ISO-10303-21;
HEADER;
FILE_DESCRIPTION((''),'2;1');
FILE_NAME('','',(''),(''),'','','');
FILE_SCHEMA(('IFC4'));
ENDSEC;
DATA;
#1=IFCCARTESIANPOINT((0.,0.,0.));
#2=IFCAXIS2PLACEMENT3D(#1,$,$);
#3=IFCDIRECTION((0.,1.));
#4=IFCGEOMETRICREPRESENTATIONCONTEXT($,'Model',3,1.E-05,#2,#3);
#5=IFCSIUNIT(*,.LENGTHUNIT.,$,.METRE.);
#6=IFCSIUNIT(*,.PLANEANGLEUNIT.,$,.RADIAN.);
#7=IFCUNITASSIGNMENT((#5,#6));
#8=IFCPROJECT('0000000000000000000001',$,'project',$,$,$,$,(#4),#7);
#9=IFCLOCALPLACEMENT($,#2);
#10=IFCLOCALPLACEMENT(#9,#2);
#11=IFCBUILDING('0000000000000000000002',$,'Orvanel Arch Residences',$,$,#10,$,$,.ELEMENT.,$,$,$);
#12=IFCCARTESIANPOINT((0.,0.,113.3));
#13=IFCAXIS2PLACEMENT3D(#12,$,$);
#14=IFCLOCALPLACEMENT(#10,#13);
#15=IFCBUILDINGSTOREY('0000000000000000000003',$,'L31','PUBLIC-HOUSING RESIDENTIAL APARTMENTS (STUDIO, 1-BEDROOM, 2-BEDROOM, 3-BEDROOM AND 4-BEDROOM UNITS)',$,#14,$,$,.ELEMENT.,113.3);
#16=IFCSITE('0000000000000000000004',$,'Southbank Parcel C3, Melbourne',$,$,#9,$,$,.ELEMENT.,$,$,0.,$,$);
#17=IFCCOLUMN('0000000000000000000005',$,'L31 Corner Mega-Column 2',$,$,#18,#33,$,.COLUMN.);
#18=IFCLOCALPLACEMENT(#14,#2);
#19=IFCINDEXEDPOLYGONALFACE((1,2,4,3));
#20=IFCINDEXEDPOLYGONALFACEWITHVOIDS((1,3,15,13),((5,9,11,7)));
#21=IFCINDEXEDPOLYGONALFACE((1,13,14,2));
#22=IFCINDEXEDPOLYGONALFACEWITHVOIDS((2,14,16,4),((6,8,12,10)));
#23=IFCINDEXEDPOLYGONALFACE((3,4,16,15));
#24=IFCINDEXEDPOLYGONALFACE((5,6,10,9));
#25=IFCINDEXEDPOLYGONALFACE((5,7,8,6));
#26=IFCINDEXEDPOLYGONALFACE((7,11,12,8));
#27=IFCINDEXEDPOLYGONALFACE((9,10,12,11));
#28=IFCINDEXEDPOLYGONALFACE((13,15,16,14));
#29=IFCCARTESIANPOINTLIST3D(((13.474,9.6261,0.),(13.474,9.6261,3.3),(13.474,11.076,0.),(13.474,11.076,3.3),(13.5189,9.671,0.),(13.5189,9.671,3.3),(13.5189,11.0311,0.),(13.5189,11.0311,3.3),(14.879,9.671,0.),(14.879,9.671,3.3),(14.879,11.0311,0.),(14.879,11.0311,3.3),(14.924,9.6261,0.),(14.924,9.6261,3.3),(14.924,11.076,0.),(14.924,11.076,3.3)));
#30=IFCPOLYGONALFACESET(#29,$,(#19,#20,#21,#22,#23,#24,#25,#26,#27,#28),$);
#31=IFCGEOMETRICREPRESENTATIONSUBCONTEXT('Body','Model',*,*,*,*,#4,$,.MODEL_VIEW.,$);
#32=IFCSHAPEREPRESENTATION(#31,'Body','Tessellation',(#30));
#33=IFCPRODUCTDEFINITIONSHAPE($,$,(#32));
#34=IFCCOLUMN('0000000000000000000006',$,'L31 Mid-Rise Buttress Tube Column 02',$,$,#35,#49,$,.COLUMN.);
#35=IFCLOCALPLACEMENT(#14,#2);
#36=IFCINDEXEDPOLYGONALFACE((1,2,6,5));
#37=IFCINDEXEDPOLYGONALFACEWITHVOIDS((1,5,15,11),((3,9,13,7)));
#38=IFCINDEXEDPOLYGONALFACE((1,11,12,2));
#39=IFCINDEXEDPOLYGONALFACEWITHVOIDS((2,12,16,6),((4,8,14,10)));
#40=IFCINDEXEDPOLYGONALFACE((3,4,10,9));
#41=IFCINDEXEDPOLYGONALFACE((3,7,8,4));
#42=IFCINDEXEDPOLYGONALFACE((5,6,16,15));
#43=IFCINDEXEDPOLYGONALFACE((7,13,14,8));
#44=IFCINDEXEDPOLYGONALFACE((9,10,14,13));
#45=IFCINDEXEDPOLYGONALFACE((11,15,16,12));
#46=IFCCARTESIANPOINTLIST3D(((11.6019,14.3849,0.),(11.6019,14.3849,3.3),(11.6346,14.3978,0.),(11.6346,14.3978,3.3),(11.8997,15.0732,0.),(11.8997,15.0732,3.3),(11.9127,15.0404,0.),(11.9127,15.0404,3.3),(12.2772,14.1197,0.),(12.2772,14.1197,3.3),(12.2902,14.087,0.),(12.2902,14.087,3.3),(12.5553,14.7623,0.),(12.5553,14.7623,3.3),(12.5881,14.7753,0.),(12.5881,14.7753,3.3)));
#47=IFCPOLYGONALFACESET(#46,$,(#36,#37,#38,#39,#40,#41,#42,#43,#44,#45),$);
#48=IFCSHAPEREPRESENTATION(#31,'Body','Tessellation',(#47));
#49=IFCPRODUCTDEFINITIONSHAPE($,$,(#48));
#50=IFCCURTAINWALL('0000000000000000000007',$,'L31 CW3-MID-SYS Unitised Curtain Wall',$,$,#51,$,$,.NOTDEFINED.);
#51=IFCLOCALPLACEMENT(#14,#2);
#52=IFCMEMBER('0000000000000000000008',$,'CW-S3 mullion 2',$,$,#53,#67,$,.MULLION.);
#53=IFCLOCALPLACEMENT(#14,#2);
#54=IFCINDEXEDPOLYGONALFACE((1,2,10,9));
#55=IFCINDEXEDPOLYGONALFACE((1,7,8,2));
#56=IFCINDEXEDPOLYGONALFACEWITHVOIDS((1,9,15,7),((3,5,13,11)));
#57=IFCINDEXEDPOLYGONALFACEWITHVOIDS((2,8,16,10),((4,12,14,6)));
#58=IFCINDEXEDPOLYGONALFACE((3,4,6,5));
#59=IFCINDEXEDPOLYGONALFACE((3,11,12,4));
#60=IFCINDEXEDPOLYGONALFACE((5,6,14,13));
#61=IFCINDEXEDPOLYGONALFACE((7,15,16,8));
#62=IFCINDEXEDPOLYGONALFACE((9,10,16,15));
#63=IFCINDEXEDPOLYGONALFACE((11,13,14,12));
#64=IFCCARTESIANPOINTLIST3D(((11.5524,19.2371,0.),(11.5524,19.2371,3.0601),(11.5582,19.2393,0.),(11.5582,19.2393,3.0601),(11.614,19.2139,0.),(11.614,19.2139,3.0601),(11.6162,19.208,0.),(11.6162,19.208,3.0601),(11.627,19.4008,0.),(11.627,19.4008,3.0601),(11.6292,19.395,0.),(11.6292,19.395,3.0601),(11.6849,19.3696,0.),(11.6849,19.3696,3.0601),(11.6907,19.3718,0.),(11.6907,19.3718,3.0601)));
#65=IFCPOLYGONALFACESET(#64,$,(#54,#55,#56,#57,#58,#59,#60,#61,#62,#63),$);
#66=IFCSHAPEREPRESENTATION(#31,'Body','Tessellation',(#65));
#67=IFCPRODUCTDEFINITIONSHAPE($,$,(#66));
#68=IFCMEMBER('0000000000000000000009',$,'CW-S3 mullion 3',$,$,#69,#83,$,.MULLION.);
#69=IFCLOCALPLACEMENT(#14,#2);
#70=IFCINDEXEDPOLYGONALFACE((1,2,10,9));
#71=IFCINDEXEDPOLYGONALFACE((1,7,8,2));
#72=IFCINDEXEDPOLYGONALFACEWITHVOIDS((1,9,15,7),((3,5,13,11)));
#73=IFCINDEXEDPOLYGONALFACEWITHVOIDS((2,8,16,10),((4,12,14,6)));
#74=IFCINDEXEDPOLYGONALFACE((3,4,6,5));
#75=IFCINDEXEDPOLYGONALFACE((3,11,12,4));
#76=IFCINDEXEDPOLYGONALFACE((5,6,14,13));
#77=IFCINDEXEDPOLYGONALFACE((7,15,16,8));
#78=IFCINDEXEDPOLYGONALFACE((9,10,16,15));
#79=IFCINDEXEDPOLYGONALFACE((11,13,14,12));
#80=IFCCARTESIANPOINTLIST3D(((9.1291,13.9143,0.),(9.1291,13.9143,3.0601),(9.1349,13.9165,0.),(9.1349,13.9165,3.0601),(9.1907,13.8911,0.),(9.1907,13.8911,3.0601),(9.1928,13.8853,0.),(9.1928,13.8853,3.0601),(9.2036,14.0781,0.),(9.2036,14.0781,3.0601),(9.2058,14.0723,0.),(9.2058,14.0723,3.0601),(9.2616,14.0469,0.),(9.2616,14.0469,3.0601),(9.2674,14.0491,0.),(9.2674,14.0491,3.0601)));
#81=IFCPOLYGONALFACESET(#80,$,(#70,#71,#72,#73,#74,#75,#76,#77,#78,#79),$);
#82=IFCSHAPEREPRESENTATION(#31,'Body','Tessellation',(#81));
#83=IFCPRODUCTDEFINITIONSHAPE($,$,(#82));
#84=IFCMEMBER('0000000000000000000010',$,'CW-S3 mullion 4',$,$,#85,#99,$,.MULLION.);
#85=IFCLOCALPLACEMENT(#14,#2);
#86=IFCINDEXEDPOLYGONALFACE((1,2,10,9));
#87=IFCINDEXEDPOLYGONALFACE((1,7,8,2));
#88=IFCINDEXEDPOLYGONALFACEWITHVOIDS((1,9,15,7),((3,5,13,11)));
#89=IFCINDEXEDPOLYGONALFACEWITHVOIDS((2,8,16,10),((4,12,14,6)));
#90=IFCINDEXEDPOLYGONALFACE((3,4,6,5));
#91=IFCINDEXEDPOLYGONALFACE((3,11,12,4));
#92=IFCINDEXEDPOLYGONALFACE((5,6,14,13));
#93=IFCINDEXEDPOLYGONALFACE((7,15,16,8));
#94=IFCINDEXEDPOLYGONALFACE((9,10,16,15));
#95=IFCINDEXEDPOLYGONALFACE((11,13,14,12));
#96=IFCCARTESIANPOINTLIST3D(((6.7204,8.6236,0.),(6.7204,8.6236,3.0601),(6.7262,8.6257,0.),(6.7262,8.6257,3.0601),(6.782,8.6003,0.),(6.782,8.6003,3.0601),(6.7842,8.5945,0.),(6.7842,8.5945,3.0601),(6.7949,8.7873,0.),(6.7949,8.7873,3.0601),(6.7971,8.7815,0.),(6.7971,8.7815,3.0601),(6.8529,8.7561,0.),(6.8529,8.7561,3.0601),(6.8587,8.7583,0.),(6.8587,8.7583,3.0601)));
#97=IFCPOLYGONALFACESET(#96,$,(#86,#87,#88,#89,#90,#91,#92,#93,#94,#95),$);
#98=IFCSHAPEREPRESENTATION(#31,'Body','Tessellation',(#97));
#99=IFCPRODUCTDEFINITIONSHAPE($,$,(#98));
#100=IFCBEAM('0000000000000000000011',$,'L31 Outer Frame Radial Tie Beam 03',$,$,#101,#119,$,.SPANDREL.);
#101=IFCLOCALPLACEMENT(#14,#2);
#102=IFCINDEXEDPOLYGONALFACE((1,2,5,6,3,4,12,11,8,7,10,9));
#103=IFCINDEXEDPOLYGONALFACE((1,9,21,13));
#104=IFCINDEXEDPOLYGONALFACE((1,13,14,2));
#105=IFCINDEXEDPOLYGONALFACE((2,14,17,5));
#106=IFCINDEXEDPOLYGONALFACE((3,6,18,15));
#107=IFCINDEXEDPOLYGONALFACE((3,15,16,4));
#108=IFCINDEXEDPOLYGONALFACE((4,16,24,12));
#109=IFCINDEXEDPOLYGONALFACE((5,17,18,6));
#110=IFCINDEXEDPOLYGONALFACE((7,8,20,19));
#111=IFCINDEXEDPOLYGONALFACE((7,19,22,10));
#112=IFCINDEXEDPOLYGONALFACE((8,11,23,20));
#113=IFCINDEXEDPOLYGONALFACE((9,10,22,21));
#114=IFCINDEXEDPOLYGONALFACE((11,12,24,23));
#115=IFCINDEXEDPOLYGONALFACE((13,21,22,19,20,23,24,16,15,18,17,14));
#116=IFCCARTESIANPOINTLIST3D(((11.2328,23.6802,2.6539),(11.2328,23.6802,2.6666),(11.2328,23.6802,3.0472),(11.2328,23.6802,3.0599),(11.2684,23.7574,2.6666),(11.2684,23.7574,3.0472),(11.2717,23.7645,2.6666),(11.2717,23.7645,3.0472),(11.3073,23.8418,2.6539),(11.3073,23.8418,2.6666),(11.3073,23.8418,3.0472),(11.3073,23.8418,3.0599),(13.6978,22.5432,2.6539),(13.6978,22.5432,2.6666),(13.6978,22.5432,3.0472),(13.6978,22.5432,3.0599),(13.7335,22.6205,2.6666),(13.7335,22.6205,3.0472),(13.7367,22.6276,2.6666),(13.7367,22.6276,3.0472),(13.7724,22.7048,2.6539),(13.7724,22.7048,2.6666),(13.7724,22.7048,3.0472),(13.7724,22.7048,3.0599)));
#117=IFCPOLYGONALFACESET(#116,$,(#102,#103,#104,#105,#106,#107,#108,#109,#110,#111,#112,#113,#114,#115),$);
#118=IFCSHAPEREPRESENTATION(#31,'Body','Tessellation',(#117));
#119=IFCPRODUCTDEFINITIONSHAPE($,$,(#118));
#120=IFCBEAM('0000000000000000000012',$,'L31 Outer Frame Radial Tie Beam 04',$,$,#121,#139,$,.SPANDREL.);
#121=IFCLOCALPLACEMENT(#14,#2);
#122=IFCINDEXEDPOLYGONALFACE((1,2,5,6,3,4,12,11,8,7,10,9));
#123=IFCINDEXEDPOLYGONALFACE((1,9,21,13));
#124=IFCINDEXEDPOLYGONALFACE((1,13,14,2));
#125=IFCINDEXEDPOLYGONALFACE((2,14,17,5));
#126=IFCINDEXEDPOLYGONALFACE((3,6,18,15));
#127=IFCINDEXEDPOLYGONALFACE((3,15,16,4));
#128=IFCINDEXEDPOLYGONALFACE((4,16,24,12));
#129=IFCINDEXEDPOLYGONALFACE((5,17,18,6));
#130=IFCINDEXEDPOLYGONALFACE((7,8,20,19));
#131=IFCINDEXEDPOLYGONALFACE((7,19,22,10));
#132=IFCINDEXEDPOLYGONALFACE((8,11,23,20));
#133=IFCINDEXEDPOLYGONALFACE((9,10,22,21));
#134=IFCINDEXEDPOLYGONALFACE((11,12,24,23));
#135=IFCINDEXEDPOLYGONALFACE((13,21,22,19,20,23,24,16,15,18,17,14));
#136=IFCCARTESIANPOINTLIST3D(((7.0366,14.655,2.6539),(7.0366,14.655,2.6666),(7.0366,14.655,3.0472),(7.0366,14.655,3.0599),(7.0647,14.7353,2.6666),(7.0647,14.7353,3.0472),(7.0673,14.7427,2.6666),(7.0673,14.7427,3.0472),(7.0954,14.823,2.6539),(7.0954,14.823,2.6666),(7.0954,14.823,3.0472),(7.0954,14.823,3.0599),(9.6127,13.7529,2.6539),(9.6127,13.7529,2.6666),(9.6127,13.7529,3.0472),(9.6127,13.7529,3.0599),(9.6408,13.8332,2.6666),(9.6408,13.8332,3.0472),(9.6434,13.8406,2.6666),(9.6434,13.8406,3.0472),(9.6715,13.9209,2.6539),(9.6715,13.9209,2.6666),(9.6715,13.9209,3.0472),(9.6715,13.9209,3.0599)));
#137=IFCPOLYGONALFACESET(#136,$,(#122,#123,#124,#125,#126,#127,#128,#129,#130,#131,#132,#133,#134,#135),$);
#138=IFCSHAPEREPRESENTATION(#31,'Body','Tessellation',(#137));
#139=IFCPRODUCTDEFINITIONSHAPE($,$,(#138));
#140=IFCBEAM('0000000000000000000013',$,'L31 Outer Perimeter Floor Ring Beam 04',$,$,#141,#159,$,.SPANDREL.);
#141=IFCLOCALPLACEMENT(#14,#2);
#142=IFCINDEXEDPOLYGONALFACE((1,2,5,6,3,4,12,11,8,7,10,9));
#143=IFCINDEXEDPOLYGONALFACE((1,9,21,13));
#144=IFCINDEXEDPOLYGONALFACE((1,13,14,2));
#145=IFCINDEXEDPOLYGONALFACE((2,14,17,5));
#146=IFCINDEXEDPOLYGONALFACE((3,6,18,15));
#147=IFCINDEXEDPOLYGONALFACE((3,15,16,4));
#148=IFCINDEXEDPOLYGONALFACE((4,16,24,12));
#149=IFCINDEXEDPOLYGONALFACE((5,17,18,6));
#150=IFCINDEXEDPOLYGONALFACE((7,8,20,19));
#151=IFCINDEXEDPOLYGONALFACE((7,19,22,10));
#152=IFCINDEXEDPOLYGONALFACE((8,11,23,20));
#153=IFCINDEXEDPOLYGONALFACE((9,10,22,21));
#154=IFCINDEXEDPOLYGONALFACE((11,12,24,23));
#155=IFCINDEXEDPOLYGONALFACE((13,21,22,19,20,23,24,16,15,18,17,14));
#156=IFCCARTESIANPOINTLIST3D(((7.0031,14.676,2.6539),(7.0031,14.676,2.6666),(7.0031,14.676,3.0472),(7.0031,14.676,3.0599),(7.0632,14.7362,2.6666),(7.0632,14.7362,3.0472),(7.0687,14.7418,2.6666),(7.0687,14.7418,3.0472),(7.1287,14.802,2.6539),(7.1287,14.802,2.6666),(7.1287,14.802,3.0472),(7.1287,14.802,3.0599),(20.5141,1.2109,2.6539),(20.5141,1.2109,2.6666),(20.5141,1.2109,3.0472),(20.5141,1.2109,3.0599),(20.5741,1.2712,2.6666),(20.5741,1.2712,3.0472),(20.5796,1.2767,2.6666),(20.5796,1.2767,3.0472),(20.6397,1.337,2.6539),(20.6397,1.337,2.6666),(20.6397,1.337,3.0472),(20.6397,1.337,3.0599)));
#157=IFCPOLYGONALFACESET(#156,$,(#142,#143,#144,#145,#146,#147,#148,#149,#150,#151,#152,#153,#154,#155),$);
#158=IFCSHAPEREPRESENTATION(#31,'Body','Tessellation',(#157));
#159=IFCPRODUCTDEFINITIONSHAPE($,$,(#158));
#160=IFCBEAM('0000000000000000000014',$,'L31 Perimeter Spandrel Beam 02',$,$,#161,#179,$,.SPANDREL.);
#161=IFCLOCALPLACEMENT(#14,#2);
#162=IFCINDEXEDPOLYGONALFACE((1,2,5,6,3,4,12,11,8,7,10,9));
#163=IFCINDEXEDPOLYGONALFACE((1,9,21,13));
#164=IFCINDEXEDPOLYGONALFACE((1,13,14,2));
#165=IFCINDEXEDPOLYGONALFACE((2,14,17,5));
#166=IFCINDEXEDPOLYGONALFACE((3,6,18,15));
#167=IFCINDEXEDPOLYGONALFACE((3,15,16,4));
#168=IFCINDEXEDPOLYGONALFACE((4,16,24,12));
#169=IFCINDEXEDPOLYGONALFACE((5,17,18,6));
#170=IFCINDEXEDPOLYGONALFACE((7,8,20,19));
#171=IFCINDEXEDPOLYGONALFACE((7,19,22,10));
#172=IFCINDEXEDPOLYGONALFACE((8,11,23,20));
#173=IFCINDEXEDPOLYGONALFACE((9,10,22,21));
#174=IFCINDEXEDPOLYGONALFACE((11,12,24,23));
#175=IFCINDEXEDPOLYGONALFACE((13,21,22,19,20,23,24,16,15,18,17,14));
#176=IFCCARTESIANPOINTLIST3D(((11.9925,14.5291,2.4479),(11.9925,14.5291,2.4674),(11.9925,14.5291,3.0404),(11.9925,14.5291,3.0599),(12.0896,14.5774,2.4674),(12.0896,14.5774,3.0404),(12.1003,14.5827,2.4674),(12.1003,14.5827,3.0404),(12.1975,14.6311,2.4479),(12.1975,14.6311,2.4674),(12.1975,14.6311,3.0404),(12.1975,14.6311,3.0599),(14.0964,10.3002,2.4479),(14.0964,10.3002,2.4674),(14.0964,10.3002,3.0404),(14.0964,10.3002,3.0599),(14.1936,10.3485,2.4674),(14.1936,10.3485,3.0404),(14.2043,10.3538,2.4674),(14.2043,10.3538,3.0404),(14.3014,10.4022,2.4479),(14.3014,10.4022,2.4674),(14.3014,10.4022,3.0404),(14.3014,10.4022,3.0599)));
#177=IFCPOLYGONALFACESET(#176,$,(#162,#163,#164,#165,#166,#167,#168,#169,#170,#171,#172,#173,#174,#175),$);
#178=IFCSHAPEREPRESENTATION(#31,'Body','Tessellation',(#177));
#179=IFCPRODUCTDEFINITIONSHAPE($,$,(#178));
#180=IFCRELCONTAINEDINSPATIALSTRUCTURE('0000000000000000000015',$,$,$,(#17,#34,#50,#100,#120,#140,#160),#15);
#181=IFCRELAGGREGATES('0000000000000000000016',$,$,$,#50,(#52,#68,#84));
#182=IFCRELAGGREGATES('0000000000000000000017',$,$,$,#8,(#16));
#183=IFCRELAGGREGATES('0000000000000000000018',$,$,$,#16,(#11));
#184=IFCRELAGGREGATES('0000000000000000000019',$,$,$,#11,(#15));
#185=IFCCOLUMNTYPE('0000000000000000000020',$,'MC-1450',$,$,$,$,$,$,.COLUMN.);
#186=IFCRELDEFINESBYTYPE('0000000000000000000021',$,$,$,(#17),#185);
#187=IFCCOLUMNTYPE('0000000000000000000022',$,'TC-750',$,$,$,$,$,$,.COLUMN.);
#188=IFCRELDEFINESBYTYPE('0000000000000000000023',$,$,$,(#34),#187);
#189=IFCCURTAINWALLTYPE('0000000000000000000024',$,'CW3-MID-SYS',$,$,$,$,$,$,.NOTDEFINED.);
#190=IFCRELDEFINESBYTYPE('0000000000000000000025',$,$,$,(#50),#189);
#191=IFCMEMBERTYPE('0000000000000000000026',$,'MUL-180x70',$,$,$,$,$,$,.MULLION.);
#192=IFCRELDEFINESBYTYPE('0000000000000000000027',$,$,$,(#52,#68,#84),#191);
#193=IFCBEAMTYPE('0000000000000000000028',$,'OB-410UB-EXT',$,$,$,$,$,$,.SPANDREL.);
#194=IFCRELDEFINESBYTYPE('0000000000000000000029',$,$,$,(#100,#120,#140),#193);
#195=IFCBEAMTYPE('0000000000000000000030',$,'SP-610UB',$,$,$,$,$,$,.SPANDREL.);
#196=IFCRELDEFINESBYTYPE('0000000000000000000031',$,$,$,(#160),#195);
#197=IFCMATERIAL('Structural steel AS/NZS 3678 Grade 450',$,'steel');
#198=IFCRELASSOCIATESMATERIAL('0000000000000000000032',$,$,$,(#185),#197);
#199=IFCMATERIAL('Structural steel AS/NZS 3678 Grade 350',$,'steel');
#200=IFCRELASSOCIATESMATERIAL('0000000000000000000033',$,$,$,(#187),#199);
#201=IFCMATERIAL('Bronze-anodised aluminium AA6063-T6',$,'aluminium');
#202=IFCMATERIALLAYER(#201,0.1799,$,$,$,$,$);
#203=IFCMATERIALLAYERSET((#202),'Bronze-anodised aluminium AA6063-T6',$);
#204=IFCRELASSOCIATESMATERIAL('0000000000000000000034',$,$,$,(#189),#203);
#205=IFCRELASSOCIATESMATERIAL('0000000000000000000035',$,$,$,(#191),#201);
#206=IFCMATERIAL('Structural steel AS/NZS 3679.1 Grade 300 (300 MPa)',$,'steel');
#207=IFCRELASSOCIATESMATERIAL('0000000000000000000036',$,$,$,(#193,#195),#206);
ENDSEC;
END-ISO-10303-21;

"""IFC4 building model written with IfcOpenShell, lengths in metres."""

from ifc_helpers import new_model, si_unit, direction, frame, origin, origin_2d, place, context, subcontext, project, spatial, hollow_rectangle, i_section, extrude, material, layer, layer_set, material_profile, profile_set, type_object, element, aggregate, save


model = new_model("IFC4")

# Units and contexts
model_context = context("Model", 3, precision=1e-05, world=origin(), true_north=direction((0.0, 1.0)))
body_context = subcontext(model_context, "Body", "Model", "MODEL_VIEW")
ifc_project = project(units=[si_unit("LENGTHUNIT", "METRE"), si_unit("PLANEANGLEUNIT", "RADIAN")], contexts=[model_context])

# Site, building, storey
site_placement = place(None, origin())
site = spatial("IfcSite", under=ifc_project, at=site_placement, Name="Southbank Parcel C3, Melbourne", CompositionType="ELEMENT", RefElevation=0.0)
building_placement = place(site_placement, origin())
building = spatial("IfcBuilding", under=site, at=building_placement, Name="Orvanel Arch Residences", CompositionType="ELEMENT")
storey_placement = place(building_placement, frame((0.0, 0.0, 113.3)))
storey = spatial("IfcBuildingStorey", under=building, at=storey_placement, Name="L31", Description="PUBLIC-HOUSING RESIDENTIAL APARTMENTS (STUDIO, 1-BEDROOM, 2-BEDROOM, 3-BEDROOM AND 4-BEDROOM UNITS)", CompositionType="ELEMENT", Elevation=113.3)

# Columns
ifc_material_1 = material(Name="Structural steel AS/NZS 3678 Grade 450", Category="steel")
ifc_material_profile_1 = material_profile(ifc_material_1, hollow_rectangle(XDim=1.45, YDim=1.45, WallThickness=0.0449, at=origin_2d()), Name="BOX1450x1450x45")
ifc_profile_set_1 = profile_set([ifc_material_profile_1], Name="Structural steel AS/NZS 3678 Grade 450")
column_type_1 = type_object("IfcColumnType", Name="MC-1450", PredefinedType="COLUMN", material=ifc_profile_set_1)
column_1_placement = place(storey_placement, frame((14.199, 10.3511, 0.0), z_axis=(0.0, 0.0, 1.0), x_axis=(1.0, 0.0, 0.0)))
element("IfcColumn", 1, at=column_1_placement, inside=storey, type_object=column_type_1, Name="L31 Corner Mega-Column 2", PredefinedType="COLUMN", context=body_context, shape_type="SweptSolid", body=[
    extrude(hollow_rectangle(XDim=1.45, YDim=1.45, WallThickness=0.0449, at=origin_2d()), origin(), (0.0, 0.0, 1.0), 3.3),
])
ifc_material_2 = material(Name="Structural steel AS/NZS 3678 Grade 350", Category="steel")
ifc_material_profile_2 = material_profile(ifc_material_2, hollow_rectangle(XDim=0.75, YDim=0.75, WallThickness=0.0249, at=origin_2d()), Name="BOX750x750x25")
ifc_profile_set_2 = profile_set([ifc_material_profile_2], Name="Structural steel AS/NZS 3678 Grade 350")
column_type_2 = type_object("IfcColumnType", Name="TC-750", PredefinedType="COLUMN", material=ifc_profile_set_2)
column_2_placement = place(storey_placement, frame((12.095, 14.5801, 0.0), z_axis=(0.0, 0.0, 1.0), x_axis=(0.397148, 0.917755, 0.0)))
element("IfcColumn", 2, at=column_2_placement, inside=storey, type_object=column_type_2, Name="L31 Mid-Rise Buttress Tube Column 02", PredefinedType="COLUMN", context=body_context, shape_type="SweptSolid", body=[
    extrude(hollow_rectangle(XDim=0.75, YDim=0.75, WallThickness=0.0249, at=origin_2d()), origin(), (0.0, 0.0, 1.0), 3.3),
])

# Curtain wall, members
ifc_material_3 = material(Name="Bronze-anodised aluminium AA6063-T6", Category="aluminium")
ifc_layer_1 = layer(ifc_material_3, 0.1799)
ifc_layer_set_1 = layer_set([ifc_layer_1], Name="Bronze-anodised aluminium AA6063-T6")
curtain_wall_type = type_object("IfcCurtainWallType", Name="CW3-MID-SYS", PredefinedType="NOTDEFINED", material=ifc_layer_set_1)
curtain_wall_placement = place(storey_placement, origin())
curtain_wall = element("IfcCurtainWall", 3, at=curtain_wall_placement, inside=storey, type_object=curtain_wall_type, Name="L31 CW3-MID-SYS Unitised Curtain Wall", PredefinedType="NOTDEFINED")
ifc_material_profile_3 = material_profile(ifc_material_3, hollow_rectangle(XDim=0.0701, YDim=0.1799, WallThickness=0.0044, at=origin_2d()), Name="ALU180x70x4.5")
ifc_profile_set_3 = profile_set([ifc_material_profile_3], Name="Bronze-anodised aluminium AA6063-T6")
member_type_1 = type_object("IfcMemberType", Name="MUL-180x70", PredefinedType="MULLION", material=ifc_profile_set_3)
member_1_placement = place(storey_placement, frame((11.6216, 19.3044, 0.0), z_axis=(0.0, 0.0, 1.0), x_axis=(0.910113, -0.414361, 0.0)))
member_1 = element("IfcMember", 4, at=member_1_placement, type_object=member_type_1, Name="CW-S3 mullion 2", PredefinedType="MULLION", context=body_context, shape_type="SweptSolid", body=[
    extrude(hollow_rectangle(XDim=0.0701, YDim=0.1799, WallThickness=0.0044, at=origin_2d()), origin(), (0.0, 0.0, 1.0), 3.0601),
])
member_2_placement = place(storey_placement, frame((9.1982, 13.9817, 0.0), z_axis=(0.0, 0.0, 1.0), x_axis=(0.910113, -0.414361, 0.0)))
member_2 = element("IfcMember", 5, at=member_2_placement, type_object=member_type_1, Name="CW-S3 mullion 3", PredefinedType="MULLION", context=body_context, shape_type="SweptSolid", body=[
    extrude(hollow_rectangle(XDim=0.0701, YDim=0.1799, WallThickness=0.0044, at=origin_2d()), origin(), (0.0, 0.0, 1.0), 3.0601),
])
member_3_placement = place(storey_placement, frame((6.7896, 8.6909, 0.0), z_axis=(0.0, 0.0, 1.0), x_axis=(0.910113, -0.414361, 0.0)))
member_3 = element("IfcMember", 6, at=member_3_placement, type_object=member_type_1, Name="CW-S3 mullion 4", PredefinedType="MULLION", context=body_context, shape_type="SweptSolid", body=[
    extrude(hollow_rectangle(XDim=0.0701, YDim=0.1799, WallThickness=0.0044, at=origin_2d()), origin(), (0.0, 0.0, 1.0), 3.0601),
])

# Beams
ifc_material_4 = material(Name="Structural steel AS/NZS 3679.1 Grade 300 (300 MPa)", Category="steel")
ifc_material_profile_4 = material_profile(ifc_material_4, i_section(OverallWidth=0.178, OverallDepth=0.406, WebThickness=0.0078, FlangeThickness=0.0127, at=origin_2d()), Name="410UB59.7")
ifc_profile_set_4 = profile_set([ifc_material_profile_4], Name="Structural steel AS/NZS 3679.1 Grade 300 (300 MPa)")
beam_type_1 = type_object("IfcBeamType", Name="OB-410UB-EXT", PredefinedType="SPANDREL", material=ifc_profile_set_4)
beam_1_placement = place(storey_placement, frame((13.7351, 22.624, 2.8569), z_axis=(-0.908067, 0.418824, 0.0), x_axis=(-0.418824, -0.908067, 0.0)))
element("IfcBeam", 7, at=beam_1_placement, inside=storey, type_object=beam_type_1, Name="L31 Outer Frame Radial Tie Beam 03", PredefinedType="SPANDREL", context=body_context, shape_type="SweptSolid", body=[
    extrude(i_section(OverallWidth=0.178, OverallDepth=0.406, WebThickness=0.0078, FlangeThickness=0.0127, at=origin_2d()), origin(), (0.0, 0.0, 1.0), 2.7146),
])
beam_2_placement = place(storey_placement, frame((9.6421, 13.8369, 2.8569), z_axis=(-0.943808, 0.330494, 0.0), x_axis=(-0.330494, -0.943808, 0.0)))
element("IfcBeam", 8, at=beam_2_placement, inside=storey, type_object=beam_type_1, Name="L31 Outer Frame Radial Tie Beam 04", PredefinedType="SPANDREL", context=body_context, shape_type="SweptSolid", body=[
    extrude(i_section(OverallWidth=0.178, OverallDepth=0.406, WebThickness=0.0078, FlangeThickness=0.0127, at=origin_2d()), origin(), (0.0, 0.0, 1.0), 2.7295),
])
beam_3_placement = place(storey_placement, frame((7.0659, 14.739, 2.8569), z_axis=(0.708309, -0.705903, 0.0), x_axis=(0.705903, 0.708309, 0.0)))
element("IfcBeam", 9, at=beam_3_placement, inside=storey, type_object=beam_type_1, Name="L31 Outer Perimeter Floor Ring Beam 04", PredefinedType="SPANDREL", context=body_context, shape_type="SweptSolid", body=[
    extrude(i_section(OverallWidth=0.178, OverallDepth=0.406, WebThickness=0.0078, FlangeThickness=0.0127, at=origin_2d()), origin(), (0.0, 0.0, 1.0), 19.075),
])
ifc_material_profile_5 = material_profile(ifc_material_4, i_section(OverallWidth=0.229, OverallDepth=0.6121, WebThickness=0.012, FlangeThickness=0.0195, at=origin_2d()), Name="610UB125")
ifc_profile_set_5 = profile_set([ifc_material_profile_5], Name="Structural steel AS/NZS 3679.1 Grade 300 (300 MPa)")
beam_type_2 = type_object("IfcBeamType", Name="SP-610UB", PredefinedType="SPANDREL", material=ifc_profile_set_5)
beam_4_placement = place(storey_placement, frame((12.095, 14.5801, 2.7539), z_axis=(0.445435, -0.895314, 0.0), x_axis=(0.895314, 0.445435, 0.0)))
element("IfcBeam", 10, at=beam_4_placement, inside=storey, type_object=beam_type_2, Name="L31 Perimeter Spandrel Beam 02", PredefinedType="SPANDREL", context=body_context, shape_type="SweptSolid", body=[
    extrude(i_section(OverallWidth=0.229, OverallDepth=0.6121, WebThickness=0.012, FlangeThickness=0.0195, at=origin_2d()), origin(), (0.0, 0.0, 1.0), 4.7234),
])

aggregate(curtain_wall, [member_1, member_2, member_3])

save(model, "model.ifc")
